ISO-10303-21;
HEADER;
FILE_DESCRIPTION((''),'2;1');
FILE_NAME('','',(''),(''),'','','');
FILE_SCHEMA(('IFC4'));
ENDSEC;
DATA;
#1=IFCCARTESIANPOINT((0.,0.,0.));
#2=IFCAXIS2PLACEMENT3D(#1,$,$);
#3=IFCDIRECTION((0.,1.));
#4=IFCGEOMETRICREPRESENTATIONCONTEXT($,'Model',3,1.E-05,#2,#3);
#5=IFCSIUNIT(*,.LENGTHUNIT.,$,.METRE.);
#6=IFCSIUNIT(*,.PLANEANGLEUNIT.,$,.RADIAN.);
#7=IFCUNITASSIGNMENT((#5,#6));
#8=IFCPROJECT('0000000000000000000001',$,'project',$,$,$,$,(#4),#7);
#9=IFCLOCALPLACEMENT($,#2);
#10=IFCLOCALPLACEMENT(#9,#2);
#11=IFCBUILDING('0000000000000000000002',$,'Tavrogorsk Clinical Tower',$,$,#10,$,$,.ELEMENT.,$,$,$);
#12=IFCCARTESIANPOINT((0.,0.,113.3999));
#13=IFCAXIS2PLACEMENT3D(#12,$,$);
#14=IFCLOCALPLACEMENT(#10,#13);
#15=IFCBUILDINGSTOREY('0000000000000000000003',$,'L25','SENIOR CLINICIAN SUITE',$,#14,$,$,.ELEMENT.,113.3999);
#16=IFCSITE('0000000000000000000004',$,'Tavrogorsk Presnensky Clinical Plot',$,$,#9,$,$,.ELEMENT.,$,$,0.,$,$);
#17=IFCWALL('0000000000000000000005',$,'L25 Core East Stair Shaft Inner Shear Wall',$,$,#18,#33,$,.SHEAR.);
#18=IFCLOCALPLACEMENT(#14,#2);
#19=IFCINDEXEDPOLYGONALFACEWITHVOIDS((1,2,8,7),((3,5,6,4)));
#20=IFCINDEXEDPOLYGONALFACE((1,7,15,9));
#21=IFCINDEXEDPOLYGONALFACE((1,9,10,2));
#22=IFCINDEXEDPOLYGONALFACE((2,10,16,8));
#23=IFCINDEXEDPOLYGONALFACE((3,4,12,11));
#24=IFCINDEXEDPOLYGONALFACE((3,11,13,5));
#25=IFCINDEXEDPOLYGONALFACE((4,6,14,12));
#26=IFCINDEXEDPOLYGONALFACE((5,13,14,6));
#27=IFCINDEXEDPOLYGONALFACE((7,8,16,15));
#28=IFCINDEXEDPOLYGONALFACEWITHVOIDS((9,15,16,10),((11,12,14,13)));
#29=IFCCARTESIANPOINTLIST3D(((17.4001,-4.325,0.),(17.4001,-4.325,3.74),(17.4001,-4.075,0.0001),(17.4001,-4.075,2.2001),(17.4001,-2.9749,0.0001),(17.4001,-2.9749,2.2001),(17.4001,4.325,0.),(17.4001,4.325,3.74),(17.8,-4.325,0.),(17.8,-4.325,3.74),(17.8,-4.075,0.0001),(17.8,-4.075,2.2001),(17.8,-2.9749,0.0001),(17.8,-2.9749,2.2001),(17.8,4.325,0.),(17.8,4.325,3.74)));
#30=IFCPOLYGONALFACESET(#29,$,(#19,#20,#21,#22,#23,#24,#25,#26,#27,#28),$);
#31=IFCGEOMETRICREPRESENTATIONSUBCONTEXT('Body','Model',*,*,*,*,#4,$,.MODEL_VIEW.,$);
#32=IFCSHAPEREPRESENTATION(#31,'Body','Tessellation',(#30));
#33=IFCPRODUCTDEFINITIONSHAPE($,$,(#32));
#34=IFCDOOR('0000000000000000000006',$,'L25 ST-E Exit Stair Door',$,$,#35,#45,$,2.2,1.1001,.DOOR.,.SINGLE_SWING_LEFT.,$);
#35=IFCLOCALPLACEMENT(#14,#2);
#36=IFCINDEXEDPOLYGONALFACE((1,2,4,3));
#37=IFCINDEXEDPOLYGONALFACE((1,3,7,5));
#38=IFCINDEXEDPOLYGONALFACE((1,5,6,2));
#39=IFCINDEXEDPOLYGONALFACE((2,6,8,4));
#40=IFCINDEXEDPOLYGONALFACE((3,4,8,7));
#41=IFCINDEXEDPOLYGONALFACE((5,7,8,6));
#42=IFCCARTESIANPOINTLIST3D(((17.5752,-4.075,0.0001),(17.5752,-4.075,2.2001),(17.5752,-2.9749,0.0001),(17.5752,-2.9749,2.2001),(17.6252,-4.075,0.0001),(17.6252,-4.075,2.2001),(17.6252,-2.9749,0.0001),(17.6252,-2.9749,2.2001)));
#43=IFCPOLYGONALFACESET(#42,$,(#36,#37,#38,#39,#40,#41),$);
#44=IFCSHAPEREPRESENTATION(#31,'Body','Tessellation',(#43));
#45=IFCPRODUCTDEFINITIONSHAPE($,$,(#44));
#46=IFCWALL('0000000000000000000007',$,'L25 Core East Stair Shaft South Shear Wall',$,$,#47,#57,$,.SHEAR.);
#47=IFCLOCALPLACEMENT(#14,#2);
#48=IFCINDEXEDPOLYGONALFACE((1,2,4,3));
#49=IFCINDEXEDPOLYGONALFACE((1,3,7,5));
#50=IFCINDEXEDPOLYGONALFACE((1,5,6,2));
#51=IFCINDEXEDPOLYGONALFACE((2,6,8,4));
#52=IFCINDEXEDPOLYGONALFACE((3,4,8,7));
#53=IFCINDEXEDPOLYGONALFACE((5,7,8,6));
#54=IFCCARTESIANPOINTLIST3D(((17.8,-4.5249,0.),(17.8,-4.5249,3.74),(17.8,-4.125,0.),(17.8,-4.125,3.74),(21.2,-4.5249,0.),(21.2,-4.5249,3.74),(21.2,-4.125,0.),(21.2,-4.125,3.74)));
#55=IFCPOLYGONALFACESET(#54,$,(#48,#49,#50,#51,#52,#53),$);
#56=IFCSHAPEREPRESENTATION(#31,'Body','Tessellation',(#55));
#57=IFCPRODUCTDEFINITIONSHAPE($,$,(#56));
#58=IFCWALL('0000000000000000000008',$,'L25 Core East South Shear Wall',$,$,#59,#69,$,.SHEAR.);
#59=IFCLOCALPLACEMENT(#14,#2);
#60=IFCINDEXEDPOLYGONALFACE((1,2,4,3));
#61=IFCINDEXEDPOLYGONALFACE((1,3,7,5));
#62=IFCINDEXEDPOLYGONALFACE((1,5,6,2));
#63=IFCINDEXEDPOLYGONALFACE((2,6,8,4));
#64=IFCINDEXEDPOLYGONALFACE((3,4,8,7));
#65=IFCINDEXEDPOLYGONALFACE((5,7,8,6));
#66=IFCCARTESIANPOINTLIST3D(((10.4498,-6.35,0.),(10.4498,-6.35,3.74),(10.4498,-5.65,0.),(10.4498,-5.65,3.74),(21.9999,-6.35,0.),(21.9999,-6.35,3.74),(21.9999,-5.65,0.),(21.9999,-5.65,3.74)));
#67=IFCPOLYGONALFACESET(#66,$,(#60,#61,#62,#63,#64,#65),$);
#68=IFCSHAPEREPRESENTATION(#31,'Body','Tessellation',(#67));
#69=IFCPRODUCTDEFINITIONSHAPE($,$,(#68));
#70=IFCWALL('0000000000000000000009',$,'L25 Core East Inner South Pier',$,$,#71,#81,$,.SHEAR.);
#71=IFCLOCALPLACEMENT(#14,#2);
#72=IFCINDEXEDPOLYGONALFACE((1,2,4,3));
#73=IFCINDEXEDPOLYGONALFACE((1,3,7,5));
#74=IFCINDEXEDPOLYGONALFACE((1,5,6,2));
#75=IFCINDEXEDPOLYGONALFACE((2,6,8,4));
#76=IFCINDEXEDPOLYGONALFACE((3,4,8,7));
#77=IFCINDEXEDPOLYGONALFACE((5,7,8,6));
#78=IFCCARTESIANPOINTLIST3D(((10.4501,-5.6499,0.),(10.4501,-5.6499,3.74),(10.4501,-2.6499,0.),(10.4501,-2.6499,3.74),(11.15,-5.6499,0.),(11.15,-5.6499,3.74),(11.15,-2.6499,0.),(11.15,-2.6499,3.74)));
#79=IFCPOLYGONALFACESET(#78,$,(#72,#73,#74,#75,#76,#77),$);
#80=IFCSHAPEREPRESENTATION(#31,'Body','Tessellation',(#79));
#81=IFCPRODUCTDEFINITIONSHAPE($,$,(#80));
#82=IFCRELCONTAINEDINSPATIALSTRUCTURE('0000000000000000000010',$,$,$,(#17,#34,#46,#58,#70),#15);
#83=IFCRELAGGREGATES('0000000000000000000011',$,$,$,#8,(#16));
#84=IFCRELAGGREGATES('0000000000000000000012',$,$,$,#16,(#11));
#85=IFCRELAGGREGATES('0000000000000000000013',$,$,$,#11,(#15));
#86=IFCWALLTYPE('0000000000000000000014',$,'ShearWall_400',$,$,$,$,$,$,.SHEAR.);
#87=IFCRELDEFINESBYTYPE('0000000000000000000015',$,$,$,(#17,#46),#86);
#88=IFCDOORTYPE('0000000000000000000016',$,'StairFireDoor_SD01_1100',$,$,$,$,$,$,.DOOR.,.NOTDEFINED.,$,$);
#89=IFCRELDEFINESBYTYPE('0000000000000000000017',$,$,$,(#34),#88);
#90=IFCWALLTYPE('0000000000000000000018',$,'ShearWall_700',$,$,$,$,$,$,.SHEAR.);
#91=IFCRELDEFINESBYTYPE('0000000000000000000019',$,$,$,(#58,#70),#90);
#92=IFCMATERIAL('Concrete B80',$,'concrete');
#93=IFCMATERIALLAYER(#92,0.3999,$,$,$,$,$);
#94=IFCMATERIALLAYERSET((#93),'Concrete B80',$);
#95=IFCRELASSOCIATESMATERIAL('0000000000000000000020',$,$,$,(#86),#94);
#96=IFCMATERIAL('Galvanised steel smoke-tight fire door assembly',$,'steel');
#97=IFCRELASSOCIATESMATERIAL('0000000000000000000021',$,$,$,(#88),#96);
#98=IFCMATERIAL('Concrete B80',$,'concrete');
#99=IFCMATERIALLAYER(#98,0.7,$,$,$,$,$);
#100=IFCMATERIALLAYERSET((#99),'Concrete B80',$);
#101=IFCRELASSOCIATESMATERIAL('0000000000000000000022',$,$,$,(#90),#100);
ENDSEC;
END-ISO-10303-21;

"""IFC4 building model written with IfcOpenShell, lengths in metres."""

from ifc_helpers import new_model, si_unit, direction, frame, frame_2d, origin, place, context, subcontext, project, spatial, rectangle, extrude, material, layer, layer_set, type_object, element, fill, save


model = new_model("IFC4")

# Units and contexts
model_context = context("Model", 3, precision=1e-05, world=origin(), true_north=direction((0.0, 1.0)))
body_context = subcontext(model_context, "Body", "Model", "MODEL_VIEW")
ifc_project = project(units=[si_unit("LENGTHUNIT", "METRE"), si_unit("PLANEANGLEUNIT", "RADIAN")], contexts=[model_context])

# Site, building, storey
site_placement = place(None, origin())
site = spatial("IfcSite", under=ifc_project, at=site_placement, Name="Tavrogorsk Presnensky Clinical Plot", CompositionType="ELEMENT", RefElevation=0.0)
building_placement = place(site_placement, origin())
building = spatial("IfcBuilding", under=site, at=building_placement, Name="Tavrogorsk Clinical Tower", CompositionType="ELEMENT")
storey_placement = place(building_placement, frame((0.0, 0.0, 113.3999)))
storey = spatial("IfcBuildingStorey", under=building, at=storey_placement, Name="L25", Description="SENIOR CLINICIAN SUITE", CompositionType="ELEMENT", Elevation=113.3999)

# Wall, opening, door
ifc_material_1 = material(Name="Concrete B80", Category="concrete")
ifc_layer_1 = layer(ifc_material_1, 0.3999)
ifc_layer_set_1 = layer_set([ifc_layer_1], Name="Concrete B80")
wall_type_1 = type_object("IfcWallType", Name="ShearWall_400", PredefinedType="SHEAR", material=ifc_layer_set_1)
wall_1_placement = place(storey_placement, frame((17.6001, -4.325, 0.0), z_axis=(0.0, 0.0, 1.0), x_axis=(0.0, 1.0, 0.0)))
wall_1 = element("IfcWall", 1, at=wall_1_placement, inside=storey, type_object=wall_type_1, Name="L25 Core East Stair Shaft Inner Shear Wall", PredefinedType="SHEAR", context=body_context, shape_type="SweptSolid", body=[
    extrude(rectangle(XDim=8.6499, YDim=0.3999, at=frame_2d((4.325, 0.0))), origin(), (0.0, 0.0, 1.0), 3.74),
])
opening_1_placement = place(wall_1_placement, frame((0.25, 0.0, 0.0)))
opening_1 = element("IfcOpeningElement", 2, at=opening_1_placement, cuts=wall_1, PredefinedType="OPENING", context=body_context, shape_type="SweptSolid", body=[
    extrude(rectangle(XDim=1.1001, YDim=2.2, at=frame_2d((0.55, 1.1001))), frame((0.0, 0.21, 0.0), z_axis=(0.0, -1.0, 0.0), x_axis=(1.0, 0.0, 0.0)), (0.0, 0.0, 1.0), 0.4199),
])
ifc_material_2 = material(Name="Galvanised steel smoke-tight fire door assembly", Category="steel")
door_type_1 = type_object("IfcDoorType", Name="StairFireDoor_SD01_1100", OperationType="NOTDEFINED", PredefinedType="DOOR", material=ifc_material_2)
door_1_placement = place(opening_1_placement, origin())
door_1 = element("IfcDoor", 3, at=door_1_placement, inside=storey, type_object=door_type_1, Name="L25 ST-E Exit Stair Door", OperationType="SINGLE_SWING_LEFT", OverallHeight=2.2, OverallWidth=1.1001, PredefinedType="DOOR", context=body_context, shape_type="SweptSolid", body=[
    extrude(rectangle(XDim=1.1001, YDim=2.2, at=frame_2d((0.55, 1.1001))), frame((0.0, 0.0249, 0.0), z_axis=(0.0, -1.0, 0.0), x_axis=(1.0, 0.0, 0.0)), (0.0, 0.0, 1.0), 0.05),
])
fill(opening_1, door_1)

# Walls
wall_2_placement = place(storey_placement, frame((17.8, -4.325, 0.0), z_axis=(0.0, 0.0, 1.0), x_axis=(1.0, 0.0, 0.0)))
element("IfcWall", 4, at=wall_2_placement, inside=storey, type_object=wall_type_1, Name="L25 Core East Stair Shaft South Shear Wall", PredefinedType="SHEAR", context=body_context, shape_type="SweptSolid", body=[
    extrude(rectangle(XDim=3.3999, YDim=0.3999, at=frame_2d((1.7, 0.0))), origin(), (0.0, 0.0, 1.0), 3.74),
])
ifc_material_3 = material(Name="Concrete B80", Category="concrete")
ifc_layer_2 = layer(ifc_material_3, 0.7)
ifc_layer_set_2 = layer_set([ifc_layer_2], Name="Concrete B80")
wall_type_2 = type_object("IfcWallType", Name="ShearWall_700", PredefinedType="SHEAR", material=ifc_layer_set_2)
wall_3_placement = place(storey_placement, frame((10.45, -6.0, 0.0), z_axis=(0.0, 0.0, 1.0), x_axis=(1.0, 0.0, 0.0)))
element("IfcWall", 5, at=wall_3_placement, inside=storey, type_object=wall_type_2, Name="L25 Core East South Shear Wall", PredefinedType="SHEAR", context=body_context, shape_type="SweptSolid", body=[
    extrude(rectangle(XDim=11.55, YDim=0.7, at=frame_2d((5.7749, 0.0))), origin(), (0.0, 0.0, 1.0), 3.74),
])
wall_4_placement = place(storey_placement, frame((10.8, -5.6499, 0.0), z_axis=(0.0, 0.0, 1.0), x_axis=(0.0, 1.0, 0.0)))
element("IfcWall", 6, at=wall_4_placement, inside=storey, type_object=wall_type_2, Name="L25 Core East Inner South Pier", PredefinedType="SHEAR", context=body_context, shape_type="SweptSolid", body=[
    extrude(rectangle(XDim=3.0, YDim=0.7, at=frame_2d((1.5, 0.0))), origin(), (0.0, 0.0, 1.0), 3.74),
])

save(model, "model.ifc")
